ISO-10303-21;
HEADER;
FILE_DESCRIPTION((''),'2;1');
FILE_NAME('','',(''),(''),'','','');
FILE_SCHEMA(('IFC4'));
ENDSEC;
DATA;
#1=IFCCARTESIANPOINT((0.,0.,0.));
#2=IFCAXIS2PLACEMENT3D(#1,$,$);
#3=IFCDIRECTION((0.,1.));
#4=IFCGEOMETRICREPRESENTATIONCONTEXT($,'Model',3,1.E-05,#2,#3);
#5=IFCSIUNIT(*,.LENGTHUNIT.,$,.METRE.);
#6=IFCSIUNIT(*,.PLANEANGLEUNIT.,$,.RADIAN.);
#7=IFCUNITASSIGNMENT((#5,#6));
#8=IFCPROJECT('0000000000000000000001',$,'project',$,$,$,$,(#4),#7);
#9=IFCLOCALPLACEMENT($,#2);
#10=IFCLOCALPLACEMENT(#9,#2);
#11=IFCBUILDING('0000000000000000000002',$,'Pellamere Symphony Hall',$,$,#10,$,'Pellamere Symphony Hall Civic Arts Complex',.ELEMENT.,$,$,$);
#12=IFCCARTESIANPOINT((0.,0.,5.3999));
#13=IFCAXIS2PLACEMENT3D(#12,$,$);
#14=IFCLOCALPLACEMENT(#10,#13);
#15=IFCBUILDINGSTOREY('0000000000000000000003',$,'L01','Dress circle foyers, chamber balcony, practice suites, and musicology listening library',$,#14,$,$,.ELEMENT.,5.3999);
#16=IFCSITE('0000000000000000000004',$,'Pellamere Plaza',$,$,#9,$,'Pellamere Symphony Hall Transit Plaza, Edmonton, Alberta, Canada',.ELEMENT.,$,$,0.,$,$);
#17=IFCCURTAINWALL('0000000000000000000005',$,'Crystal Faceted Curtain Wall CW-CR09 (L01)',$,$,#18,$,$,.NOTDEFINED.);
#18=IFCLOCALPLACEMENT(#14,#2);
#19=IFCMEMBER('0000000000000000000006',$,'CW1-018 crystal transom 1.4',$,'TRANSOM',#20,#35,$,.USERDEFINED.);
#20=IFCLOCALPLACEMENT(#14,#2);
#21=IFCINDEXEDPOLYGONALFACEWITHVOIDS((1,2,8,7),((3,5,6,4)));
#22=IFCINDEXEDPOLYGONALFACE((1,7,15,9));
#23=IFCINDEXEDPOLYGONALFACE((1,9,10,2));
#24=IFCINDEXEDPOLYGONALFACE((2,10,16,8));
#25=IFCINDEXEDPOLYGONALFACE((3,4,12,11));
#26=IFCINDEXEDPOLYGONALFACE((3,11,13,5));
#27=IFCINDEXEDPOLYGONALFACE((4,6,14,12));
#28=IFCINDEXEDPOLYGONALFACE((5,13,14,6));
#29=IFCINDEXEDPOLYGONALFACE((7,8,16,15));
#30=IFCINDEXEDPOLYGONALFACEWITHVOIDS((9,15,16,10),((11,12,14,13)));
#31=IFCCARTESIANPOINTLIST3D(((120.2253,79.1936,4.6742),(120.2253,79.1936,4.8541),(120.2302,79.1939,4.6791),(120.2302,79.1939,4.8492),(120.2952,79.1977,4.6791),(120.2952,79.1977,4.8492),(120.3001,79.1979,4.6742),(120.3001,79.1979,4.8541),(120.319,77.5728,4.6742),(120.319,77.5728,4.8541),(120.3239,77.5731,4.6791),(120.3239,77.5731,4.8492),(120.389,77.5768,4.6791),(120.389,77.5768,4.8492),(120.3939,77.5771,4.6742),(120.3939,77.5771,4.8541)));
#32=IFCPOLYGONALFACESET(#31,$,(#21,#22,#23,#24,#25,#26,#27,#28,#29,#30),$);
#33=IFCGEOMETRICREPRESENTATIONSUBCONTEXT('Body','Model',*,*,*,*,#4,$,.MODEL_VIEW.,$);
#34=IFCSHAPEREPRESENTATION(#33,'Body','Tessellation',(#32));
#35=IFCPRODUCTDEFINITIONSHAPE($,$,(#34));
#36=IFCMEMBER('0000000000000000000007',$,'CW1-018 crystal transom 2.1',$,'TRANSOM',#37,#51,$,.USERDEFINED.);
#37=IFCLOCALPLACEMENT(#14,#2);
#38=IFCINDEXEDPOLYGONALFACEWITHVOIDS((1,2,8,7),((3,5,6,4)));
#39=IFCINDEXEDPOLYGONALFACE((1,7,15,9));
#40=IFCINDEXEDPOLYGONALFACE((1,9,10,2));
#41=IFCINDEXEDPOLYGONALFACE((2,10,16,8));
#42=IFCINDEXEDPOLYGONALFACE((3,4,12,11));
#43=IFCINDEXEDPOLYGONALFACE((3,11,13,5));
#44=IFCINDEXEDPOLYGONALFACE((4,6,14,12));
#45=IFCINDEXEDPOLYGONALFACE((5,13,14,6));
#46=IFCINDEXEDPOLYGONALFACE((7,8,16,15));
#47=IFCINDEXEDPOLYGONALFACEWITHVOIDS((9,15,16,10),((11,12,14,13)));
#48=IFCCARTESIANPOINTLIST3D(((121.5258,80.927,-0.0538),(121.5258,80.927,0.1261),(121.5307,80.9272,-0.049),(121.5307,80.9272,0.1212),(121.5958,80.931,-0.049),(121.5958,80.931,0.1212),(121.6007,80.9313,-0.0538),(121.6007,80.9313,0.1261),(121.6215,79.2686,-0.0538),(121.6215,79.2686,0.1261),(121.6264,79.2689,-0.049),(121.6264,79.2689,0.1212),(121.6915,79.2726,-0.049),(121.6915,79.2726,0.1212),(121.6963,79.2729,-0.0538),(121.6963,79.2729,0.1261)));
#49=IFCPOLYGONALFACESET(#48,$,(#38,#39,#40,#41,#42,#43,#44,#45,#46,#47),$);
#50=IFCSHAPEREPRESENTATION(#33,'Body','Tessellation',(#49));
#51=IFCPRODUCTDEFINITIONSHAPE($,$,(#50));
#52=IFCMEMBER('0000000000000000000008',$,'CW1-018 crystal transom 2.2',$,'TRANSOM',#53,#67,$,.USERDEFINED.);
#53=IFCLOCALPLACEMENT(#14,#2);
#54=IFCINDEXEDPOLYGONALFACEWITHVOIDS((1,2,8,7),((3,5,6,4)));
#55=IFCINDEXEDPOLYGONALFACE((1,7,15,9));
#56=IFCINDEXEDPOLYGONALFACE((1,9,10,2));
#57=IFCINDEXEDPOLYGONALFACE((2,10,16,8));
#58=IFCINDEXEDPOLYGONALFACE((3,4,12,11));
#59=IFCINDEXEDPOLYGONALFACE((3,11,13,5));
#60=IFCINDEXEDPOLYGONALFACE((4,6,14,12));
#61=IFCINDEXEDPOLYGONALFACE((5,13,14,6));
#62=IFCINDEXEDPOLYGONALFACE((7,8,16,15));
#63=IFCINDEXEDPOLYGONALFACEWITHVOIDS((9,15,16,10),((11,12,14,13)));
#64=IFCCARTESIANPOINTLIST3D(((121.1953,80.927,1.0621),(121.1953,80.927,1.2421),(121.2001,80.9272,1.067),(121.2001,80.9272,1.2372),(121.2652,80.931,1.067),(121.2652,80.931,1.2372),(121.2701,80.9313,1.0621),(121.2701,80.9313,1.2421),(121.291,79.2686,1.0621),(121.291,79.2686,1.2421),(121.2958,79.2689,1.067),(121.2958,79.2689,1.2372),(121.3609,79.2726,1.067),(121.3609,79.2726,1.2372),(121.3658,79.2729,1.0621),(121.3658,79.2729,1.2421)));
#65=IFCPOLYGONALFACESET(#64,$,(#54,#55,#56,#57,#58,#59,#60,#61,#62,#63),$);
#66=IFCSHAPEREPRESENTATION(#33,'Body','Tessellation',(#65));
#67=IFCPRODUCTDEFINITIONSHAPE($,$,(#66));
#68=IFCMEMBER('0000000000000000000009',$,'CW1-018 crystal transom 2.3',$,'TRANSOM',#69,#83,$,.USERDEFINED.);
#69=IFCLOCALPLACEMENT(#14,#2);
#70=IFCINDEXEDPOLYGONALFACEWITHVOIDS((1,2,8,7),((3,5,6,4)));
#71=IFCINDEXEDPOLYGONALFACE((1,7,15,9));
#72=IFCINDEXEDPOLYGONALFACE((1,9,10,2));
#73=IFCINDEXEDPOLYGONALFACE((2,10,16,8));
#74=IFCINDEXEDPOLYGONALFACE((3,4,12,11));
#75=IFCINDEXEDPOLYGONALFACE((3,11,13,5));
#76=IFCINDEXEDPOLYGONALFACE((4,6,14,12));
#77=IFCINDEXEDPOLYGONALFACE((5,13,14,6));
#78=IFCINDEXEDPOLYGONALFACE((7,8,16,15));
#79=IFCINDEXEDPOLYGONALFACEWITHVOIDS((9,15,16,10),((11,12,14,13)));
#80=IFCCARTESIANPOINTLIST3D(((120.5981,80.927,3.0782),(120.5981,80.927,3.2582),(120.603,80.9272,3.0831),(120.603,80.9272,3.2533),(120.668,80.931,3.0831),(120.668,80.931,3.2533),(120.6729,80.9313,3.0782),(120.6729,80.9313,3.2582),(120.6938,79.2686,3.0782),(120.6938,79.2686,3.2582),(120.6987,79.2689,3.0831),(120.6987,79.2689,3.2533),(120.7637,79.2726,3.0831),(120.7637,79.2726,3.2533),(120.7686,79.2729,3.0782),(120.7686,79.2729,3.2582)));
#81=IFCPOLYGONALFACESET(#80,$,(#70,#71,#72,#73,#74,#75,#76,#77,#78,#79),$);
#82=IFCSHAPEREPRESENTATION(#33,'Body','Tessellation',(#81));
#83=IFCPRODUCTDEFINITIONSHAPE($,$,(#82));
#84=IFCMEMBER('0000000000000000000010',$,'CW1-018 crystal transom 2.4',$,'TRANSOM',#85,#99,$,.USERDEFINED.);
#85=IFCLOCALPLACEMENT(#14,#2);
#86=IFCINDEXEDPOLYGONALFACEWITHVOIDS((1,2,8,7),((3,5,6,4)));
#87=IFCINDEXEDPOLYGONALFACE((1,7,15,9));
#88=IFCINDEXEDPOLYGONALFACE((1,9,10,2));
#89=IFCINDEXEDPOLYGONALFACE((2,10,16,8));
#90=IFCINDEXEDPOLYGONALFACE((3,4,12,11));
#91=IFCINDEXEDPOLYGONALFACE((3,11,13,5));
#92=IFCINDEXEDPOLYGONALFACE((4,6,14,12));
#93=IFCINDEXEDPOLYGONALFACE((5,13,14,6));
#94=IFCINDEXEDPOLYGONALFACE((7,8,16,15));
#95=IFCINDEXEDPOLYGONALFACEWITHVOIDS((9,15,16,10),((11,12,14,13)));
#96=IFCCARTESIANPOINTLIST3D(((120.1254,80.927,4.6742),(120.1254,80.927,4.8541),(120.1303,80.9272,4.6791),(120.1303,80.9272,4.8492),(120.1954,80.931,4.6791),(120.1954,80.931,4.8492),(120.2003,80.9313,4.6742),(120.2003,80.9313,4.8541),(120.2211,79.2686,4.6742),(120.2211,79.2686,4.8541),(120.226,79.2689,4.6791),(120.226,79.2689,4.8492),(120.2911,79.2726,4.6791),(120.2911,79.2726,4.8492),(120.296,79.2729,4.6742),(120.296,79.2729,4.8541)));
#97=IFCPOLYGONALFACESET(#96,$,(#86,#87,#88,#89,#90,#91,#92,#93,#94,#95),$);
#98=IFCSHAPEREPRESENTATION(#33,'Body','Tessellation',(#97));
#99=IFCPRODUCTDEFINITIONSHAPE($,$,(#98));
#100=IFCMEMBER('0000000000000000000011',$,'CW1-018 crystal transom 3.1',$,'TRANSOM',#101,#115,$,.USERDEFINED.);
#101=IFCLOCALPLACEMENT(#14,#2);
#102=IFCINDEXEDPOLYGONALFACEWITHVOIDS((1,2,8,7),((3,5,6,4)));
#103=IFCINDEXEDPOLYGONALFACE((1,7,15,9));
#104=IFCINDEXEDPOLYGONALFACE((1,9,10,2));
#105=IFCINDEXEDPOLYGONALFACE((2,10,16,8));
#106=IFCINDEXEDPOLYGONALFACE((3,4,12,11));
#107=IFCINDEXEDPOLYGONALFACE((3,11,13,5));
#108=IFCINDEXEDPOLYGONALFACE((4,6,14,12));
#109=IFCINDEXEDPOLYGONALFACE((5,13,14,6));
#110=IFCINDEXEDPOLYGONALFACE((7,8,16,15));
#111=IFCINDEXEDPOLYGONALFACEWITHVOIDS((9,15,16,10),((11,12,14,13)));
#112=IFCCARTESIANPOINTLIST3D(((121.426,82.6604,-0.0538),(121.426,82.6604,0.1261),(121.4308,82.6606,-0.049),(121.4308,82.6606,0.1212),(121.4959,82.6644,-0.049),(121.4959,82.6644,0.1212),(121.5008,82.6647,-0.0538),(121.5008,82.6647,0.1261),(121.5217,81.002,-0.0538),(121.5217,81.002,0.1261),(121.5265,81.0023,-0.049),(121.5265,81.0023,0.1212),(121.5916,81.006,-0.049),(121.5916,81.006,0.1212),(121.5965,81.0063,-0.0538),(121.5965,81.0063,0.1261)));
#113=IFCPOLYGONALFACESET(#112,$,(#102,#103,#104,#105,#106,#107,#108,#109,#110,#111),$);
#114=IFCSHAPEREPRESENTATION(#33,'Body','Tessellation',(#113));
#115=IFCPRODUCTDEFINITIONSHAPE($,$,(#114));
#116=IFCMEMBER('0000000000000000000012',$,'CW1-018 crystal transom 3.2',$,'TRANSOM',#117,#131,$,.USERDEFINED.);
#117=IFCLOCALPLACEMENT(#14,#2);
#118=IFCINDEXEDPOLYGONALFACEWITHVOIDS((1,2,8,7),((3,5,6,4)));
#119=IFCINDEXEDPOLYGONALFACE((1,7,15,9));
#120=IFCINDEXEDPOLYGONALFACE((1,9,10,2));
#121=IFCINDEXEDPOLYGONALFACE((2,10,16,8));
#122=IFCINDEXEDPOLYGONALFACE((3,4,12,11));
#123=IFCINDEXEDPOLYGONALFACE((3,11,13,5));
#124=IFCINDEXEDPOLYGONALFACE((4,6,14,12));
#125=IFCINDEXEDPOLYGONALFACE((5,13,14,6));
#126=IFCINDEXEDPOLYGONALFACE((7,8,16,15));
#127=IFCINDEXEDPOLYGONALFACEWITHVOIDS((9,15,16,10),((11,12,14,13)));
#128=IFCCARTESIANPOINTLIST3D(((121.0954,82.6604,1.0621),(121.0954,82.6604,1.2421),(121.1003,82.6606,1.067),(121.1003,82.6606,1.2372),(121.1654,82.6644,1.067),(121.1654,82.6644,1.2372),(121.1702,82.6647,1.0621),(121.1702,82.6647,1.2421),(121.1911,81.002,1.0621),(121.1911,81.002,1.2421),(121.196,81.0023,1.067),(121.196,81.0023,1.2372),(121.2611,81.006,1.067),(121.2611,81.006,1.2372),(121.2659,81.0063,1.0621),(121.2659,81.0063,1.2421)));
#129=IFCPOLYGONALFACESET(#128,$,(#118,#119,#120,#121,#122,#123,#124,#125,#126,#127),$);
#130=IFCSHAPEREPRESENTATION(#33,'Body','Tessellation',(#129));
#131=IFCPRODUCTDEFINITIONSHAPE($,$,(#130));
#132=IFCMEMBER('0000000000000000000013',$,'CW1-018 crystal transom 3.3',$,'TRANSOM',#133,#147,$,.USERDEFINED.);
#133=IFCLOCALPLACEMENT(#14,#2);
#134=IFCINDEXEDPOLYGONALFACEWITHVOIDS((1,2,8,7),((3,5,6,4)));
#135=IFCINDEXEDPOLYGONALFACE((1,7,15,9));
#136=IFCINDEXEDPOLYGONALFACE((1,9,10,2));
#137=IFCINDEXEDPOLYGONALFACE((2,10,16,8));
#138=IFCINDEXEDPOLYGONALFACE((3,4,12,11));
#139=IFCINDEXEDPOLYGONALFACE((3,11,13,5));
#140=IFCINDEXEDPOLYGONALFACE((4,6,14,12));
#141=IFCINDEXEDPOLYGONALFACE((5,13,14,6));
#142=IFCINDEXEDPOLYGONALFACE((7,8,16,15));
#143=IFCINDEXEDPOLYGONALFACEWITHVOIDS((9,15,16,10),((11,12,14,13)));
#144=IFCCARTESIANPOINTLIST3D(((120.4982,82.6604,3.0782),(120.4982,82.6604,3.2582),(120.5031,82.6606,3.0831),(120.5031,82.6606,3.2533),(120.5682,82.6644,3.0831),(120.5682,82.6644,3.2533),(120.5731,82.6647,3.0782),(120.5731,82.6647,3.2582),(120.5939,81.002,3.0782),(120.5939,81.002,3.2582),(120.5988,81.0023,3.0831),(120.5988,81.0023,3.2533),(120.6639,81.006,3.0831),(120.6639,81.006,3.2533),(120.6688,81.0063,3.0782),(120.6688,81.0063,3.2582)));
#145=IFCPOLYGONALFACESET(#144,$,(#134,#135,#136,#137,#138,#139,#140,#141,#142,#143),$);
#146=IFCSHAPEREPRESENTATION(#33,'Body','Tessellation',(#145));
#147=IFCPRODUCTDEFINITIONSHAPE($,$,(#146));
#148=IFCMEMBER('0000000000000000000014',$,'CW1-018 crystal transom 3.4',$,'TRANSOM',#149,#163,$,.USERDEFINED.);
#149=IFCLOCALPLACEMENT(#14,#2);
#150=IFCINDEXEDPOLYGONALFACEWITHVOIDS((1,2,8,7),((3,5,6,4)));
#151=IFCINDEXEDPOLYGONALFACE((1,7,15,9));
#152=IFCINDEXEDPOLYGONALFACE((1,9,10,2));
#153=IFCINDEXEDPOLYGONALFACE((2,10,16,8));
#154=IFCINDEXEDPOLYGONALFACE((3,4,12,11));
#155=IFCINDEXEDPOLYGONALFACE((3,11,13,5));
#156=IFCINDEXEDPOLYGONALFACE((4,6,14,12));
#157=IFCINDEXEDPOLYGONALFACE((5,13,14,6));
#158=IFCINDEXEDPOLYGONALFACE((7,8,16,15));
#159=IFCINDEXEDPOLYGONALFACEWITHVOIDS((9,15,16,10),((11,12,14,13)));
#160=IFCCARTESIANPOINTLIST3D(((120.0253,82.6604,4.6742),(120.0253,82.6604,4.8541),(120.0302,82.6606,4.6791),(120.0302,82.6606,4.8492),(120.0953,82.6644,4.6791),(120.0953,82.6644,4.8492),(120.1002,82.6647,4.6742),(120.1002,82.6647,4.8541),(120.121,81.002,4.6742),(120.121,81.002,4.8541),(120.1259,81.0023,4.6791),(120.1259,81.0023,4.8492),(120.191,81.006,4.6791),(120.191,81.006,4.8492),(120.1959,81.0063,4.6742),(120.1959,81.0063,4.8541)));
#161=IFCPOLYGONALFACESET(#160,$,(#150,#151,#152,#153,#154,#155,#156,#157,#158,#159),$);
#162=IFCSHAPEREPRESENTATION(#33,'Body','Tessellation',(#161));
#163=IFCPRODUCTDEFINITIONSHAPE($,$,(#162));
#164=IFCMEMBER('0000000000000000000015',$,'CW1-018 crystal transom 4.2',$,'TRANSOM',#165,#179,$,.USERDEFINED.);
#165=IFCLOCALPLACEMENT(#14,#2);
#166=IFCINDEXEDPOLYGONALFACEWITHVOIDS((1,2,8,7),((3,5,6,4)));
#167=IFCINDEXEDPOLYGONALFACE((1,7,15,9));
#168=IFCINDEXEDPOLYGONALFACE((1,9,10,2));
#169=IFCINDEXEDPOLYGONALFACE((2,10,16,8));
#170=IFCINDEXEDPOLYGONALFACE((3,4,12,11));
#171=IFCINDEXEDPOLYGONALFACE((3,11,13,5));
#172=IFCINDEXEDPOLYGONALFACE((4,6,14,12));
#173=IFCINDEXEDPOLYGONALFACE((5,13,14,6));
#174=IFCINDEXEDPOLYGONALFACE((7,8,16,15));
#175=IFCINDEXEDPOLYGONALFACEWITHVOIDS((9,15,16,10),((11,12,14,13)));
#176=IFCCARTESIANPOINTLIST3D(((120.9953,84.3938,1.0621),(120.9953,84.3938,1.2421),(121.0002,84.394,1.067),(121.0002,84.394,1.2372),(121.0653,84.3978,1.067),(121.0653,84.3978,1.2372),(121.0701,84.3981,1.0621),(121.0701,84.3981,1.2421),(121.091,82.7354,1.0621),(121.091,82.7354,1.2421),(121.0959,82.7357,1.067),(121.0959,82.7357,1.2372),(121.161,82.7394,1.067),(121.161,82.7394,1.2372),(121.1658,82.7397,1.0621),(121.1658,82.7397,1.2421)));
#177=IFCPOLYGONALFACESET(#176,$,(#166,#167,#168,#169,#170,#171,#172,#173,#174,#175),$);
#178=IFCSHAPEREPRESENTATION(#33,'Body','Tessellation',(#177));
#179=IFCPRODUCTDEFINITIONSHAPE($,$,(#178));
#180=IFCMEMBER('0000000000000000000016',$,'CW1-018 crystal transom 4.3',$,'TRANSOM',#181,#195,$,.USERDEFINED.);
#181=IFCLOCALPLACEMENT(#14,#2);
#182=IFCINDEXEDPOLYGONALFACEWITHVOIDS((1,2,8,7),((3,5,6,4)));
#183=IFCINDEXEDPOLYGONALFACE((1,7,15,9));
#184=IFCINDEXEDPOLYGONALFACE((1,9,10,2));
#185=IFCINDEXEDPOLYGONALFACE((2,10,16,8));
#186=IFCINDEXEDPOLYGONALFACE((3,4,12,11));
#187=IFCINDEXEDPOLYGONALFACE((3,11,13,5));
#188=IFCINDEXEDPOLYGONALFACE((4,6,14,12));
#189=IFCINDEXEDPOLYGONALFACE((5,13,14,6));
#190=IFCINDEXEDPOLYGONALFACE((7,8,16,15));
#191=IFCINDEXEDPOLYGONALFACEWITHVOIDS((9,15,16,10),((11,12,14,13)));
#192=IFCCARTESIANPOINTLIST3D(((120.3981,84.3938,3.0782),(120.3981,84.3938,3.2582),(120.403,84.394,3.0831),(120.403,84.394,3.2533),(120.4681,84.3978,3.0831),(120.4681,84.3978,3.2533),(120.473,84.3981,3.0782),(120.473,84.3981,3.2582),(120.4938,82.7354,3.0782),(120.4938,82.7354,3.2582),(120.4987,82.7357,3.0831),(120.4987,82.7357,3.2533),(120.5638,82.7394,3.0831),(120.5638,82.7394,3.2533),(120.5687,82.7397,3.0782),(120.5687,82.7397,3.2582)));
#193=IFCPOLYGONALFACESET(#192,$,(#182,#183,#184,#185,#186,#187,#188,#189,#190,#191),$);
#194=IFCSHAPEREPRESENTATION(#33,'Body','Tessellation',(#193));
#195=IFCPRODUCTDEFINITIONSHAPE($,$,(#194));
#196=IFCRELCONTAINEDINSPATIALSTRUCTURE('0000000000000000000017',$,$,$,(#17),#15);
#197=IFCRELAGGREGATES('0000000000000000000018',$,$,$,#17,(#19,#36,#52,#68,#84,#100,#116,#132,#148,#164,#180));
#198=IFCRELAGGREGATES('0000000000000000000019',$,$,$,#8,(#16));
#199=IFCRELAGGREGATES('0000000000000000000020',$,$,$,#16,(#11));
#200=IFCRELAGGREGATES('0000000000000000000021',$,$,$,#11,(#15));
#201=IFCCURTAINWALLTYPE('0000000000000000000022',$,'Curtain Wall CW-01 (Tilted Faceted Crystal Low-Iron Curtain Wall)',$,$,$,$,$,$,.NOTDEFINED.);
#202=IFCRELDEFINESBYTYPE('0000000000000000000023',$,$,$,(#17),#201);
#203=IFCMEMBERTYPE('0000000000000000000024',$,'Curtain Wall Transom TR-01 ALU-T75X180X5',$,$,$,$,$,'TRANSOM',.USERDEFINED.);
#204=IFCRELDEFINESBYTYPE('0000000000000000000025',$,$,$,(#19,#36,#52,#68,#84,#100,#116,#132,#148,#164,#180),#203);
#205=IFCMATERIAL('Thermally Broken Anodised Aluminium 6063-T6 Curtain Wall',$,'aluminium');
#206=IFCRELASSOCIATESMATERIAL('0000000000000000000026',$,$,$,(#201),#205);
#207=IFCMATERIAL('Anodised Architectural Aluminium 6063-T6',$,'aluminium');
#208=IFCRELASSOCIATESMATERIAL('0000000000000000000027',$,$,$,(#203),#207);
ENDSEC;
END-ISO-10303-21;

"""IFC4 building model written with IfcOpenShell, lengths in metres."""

from ifc_helpers import new_model, si_unit, direction, frame, origin, origin_2d, place, context, subcontext, project, spatial, hollow_rectangle, extrude, material, material_profile, profile_set, type_object, element, aggregate, save


model = new_model("IFC4")

# Units and contexts
model_context = context("Model", 3, precision=1e-05, world=origin(), true_north=direction((0.0, 1.0)))
body_context = subcontext(model_context, "Body", "Model", "MODEL_VIEW")
ifc_project = project(units=[si_unit("LENGTHUNIT", "METRE"), si_unit("PLANEANGLEUNIT", "RADIAN")], contexts=[model_context])

# Site, building, storey
site_placement = place(None, origin())
site = spatial("IfcSite", under=ifc_project, at=site_placement, Name="Pellamere Plaza", LongName="Pellamere Symphony Hall Transit Plaza, Edmonton, Alberta, Canada", CompositionType="ELEMENT", RefElevation=0.0)
building_placement = place(site_placement, origin())
building = spatial("IfcBuilding", under=site, at=building_placement, Name="Pellamere Symphony Hall", LongName="Pellamere Symphony Hall Civic Arts Complex", CompositionType="ELEMENT")
storey_placement = place(building_placement, frame((0.0, 0.0, 5.3999)))
storey = spatial("IfcBuildingStorey", under=building, at=storey_placement, Name="L01", Description="Dress circle foyers, chamber balcony, practice suites, and musicology listening library", CompositionType="ELEMENT", Elevation=5.3999)

# Shared definitions
ifc_material_1 = material(Name="Thermally Broken Anodised Aluminium 6063-T6 Curtain Wall", Category="aluminium")
curtain_wall_type = type_object("IfcCurtainWallType", Name="Curtain Wall CW-01 (Tilted Faceted Crystal Low-Iron Curtain Wall)", PredefinedType="NOTDEFINED", material=ifc_material_1)
ifc_material_2 = material(Name="Anodised Architectural Aluminium 6063-T6", Category="aluminium")

# Curtain wall
curtain_wall_1_placement = place(storey_placement, origin())
curtain_wall_1 = element("IfcCurtainWall", 1, at=curtain_wall_1_placement, inside=storey, type_object=curtain_wall_type, Name="Crystal Faceted Curtain Wall CW-CR09 (L01)", PredefinedType="NOTDEFINED")

# Members
ifc_material_profile_1 = material_profile(ifc_material_2, hollow_rectangle(XDim=0.075, YDim=0.1799, WallThickness=0.0049, at=origin_2d()), Name="ALU-T75X180X5")
ifc_profile_set_1 = profile_set([ifc_material_profile_1], Name="Anodised Architectural Aluminium 6063-T6")
member_type_1 = type_object("IfcMemberType", Name="Curtain Wall Transom TR-01 ALU-T75X180X5", ElementType="TRANSOM", PredefinedType="USERDEFINED", material=ifc_profile_set_1)
member_1_placement = place(storey_placement, frame((120.3564, 77.575, 4.7642), z_axis=(-0.057744, 0.998331, 0.0), x_axis=(-0.998331, -0.057744, 0.0)))
member_1 = element("IfcMember", 2, at=member_1_placement, type_object=member_type_1, Name="CW1-018 crystal transom 1.4", ObjectType="TRANSOM", PredefinedType="USERDEFINED", context=body_context, shape_type="SweptSolid", body=[
    extrude(hollow_rectangle(XDim=0.075, YDim=0.1799, WallThickness=0.0049, at=origin_2d()), origin(), (0.0, 0.0, 1.0), 1.6235),
])
member_2_placement = place(storey_placement, frame((121.6589, 79.2708, 0.0361), z_axis=(-0.057611, 0.998339, 0.0), x_axis=(-0.998339, -0.057611, 0.0)))
member_2 = element("IfcMember", 3, at=member_2_placement, type_object=member_type_1, Name="CW1-018 crystal transom 2.1", ObjectType="TRANSOM", PredefinedType="USERDEFINED", context=body_context, shape_type="SweptSolid", body=[
    extrude(hollow_rectangle(XDim=0.075, YDim=0.1799, WallThickness=0.0049, at=origin_2d()), origin(), (0.0, 0.0, 1.0), 1.6611),
])
member_3_placement = place(storey_placement, frame((121.3284, 79.2708, 1.1521), z_axis=(-0.057611, 0.998339, 0.0), x_axis=(-0.998339, -0.057611, 0.0)))
member_3 = element("IfcMember", 4, at=member_3_placement, type_object=member_type_1, Name="CW1-018 crystal transom 2.2", ObjectType="TRANSOM", PredefinedType="USERDEFINED", context=body_context, shape_type="SweptSolid", body=[
    extrude(hollow_rectangle(XDim=0.075, YDim=0.1799, WallThickness=0.0049, at=origin_2d()), origin(), (0.0, 0.0, 1.0), 1.6611),
])
member_4_placement = place(storey_placement, frame((120.7312, 79.2708, 3.1682), z_axis=(-0.057611, 0.998339, 0.0), x_axis=(-0.998339, -0.057611, 0.0)))
member_4 = element("IfcMember", 5, at=member_4_placement, type_object=member_type_1, Name="CW1-018 crystal transom 2.3", ObjectType="TRANSOM", PredefinedType="USERDEFINED", context=body_context, shape_type="SweptSolid", body=[
    extrude(hollow_rectangle(XDim=0.075, YDim=0.1799, WallThickness=0.0049, at=origin_2d()), origin(), (0.0, 0.0, 1.0), 1.6611),
])
member_5_placement = place(storey_placement, frame((120.2585, 79.2708, 4.7642), z_axis=(-0.057611, 0.998339, 0.0), x_axis=(-0.998339, -0.057611, 0.0)))
member_5 = element("IfcMember", 6, at=member_5_placement, type_object=member_type_1, Name="CW1-018 crystal transom 2.4", ObjectType="TRANSOM", PredefinedType="USERDEFINED", context=body_context, shape_type="SweptSolid", body=[
    extrude(hollow_rectangle(XDim=0.075, YDim=0.1799, WallThickness=0.0049, at=origin_2d()), origin(), (0.0, 0.0, 1.0), 1.6611),
])
member_6_placement = place(storey_placement, frame((121.5591, 81.0042, 0.0361), z_axis=(-0.057611, 0.998339, 0.0), x_axis=(-0.998339, -0.057611, 0.0)))
member_6 = element("IfcMember", 7, at=member_6_placement, type_object=member_type_1, Name="CW1-018 crystal transom 3.1", ObjectType="TRANSOM", PredefinedType="USERDEFINED", context=body_context, shape_type="SweptSolid", body=[
    extrude(hollow_rectangle(XDim=0.075, YDim=0.1799, WallThickness=0.0049, at=origin_2d()), origin(), (0.0, 0.0, 1.0), 1.6611),
])
member_7_placement = place(storey_placement, frame((121.2285, 81.0042, 1.1521), z_axis=(-0.057611, 0.998339, 0.0), x_axis=(-0.998339, -0.057611, 0.0)))
member_7 = element("IfcMember", 8, at=member_7_placement, type_object=member_type_1, Name="CW1-018 crystal transom 3.2", ObjectType="TRANSOM", PredefinedType="USERDEFINED", context=body_context, shape_type="SweptSolid", body=[
    extrude(hollow_rectangle(XDim=0.075, YDim=0.1799, WallThickness=0.0049, at=origin_2d()), origin(), (0.0, 0.0, 1.0), 1.6611),
])
member_8_placement = place(storey_placement, frame((120.6313, 81.0042, 3.1682), z_axis=(-0.057611, 0.998339, 0.0), x_axis=(-0.998339, -0.057611, 0.0)))
member_8 = element("IfcMember", 9, at=member_8_placement, type_object=member_type_1, Name="CW1-018 crystal transom 3.3", ObjectType="TRANSOM", PredefinedType="USERDEFINED", context=body_context, shape_type="SweptSolid", body=[
    extrude(hollow_rectangle(XDim=0.075, YDim=0.1799, WallThickness=0.0049, at=origin_2d()), origin(), (0.0, 0.0, 1.0), 1.6611),
])
member_9_placement = place(storey_placement, frame((120.1584, 81.0042, 4.7642), z_axis=(-0.057611, 0.998339, 0.0), x_axis=(-0.998339, -0.057611, 0.0)))
member_9 = element("IfcMember", 10, at=member_9_placement, type_object=member_type_1, Name="CW1-018 crystal transom 3.4", ObjectType="TRANSOM", PredefinedType="USERDEFINED", context=body_context, shape_type="SweptSolid", body=[
    extrude(hollow_rectangle(XDim=0.075, YDim=0.1799, WallThickness=0.0049, at=origin_2d()), origin(), (0.0, 0.0, 1.0), 1.6611),
])
member_10_placement = place(storey_placement, frame((121.1284, 82.7375, 1.1521), z_axis=(-0.057611, 0.998339, 0.0), x_axis=(-0.998339, -0.057611, 0.0)))
member_10 = element("IfcMember", 11, at=member_10_placement, type_object=member_type_1, Name="CW1-018 crystal transom 4.2", ObjectType="TRANSOM", PredefinedType="USERDEFINED", context=body_context, shape_type="SweptSolid", body=[
    extrude(hollow_rectangle(XDim=0.075, YDim=0.1799, WallThickness=0.0049, at=origin_2d()), origin(), (0.0, 0.0, 1.0), 1.6611),
])
member_11_placement = place(storey_placement, frame((120.5312, 82.7375, 3.1682), z_axis=(-0.057611, 0.998339, 0.0), x_axis=(-0.998339, -0.057611, 0.0)))
member_11 = element("IfcMember", 12, at=member_11_placement, type_object=member_type_1, Name="CW1-018 crystal transom 4.3", ObjectType="TRANSOM", PredefinedType="USERDEFINED", context=body_context, shape_type="SweptSolid", body=[
    extrude(hollow_rectangle(XDim=0.075, YDim=0.1799, WallThickness=0.0049, at=origin_2d()), origin(), (0.0, 0.0, 1.0), 1.6611),
])

aggregate(curtain_wall_1, [member_1, member_2, member_3, member_4, member_5, member_6, member_7, member_8, member_9, member_10, member_11])

save(model, "model.ifc")
